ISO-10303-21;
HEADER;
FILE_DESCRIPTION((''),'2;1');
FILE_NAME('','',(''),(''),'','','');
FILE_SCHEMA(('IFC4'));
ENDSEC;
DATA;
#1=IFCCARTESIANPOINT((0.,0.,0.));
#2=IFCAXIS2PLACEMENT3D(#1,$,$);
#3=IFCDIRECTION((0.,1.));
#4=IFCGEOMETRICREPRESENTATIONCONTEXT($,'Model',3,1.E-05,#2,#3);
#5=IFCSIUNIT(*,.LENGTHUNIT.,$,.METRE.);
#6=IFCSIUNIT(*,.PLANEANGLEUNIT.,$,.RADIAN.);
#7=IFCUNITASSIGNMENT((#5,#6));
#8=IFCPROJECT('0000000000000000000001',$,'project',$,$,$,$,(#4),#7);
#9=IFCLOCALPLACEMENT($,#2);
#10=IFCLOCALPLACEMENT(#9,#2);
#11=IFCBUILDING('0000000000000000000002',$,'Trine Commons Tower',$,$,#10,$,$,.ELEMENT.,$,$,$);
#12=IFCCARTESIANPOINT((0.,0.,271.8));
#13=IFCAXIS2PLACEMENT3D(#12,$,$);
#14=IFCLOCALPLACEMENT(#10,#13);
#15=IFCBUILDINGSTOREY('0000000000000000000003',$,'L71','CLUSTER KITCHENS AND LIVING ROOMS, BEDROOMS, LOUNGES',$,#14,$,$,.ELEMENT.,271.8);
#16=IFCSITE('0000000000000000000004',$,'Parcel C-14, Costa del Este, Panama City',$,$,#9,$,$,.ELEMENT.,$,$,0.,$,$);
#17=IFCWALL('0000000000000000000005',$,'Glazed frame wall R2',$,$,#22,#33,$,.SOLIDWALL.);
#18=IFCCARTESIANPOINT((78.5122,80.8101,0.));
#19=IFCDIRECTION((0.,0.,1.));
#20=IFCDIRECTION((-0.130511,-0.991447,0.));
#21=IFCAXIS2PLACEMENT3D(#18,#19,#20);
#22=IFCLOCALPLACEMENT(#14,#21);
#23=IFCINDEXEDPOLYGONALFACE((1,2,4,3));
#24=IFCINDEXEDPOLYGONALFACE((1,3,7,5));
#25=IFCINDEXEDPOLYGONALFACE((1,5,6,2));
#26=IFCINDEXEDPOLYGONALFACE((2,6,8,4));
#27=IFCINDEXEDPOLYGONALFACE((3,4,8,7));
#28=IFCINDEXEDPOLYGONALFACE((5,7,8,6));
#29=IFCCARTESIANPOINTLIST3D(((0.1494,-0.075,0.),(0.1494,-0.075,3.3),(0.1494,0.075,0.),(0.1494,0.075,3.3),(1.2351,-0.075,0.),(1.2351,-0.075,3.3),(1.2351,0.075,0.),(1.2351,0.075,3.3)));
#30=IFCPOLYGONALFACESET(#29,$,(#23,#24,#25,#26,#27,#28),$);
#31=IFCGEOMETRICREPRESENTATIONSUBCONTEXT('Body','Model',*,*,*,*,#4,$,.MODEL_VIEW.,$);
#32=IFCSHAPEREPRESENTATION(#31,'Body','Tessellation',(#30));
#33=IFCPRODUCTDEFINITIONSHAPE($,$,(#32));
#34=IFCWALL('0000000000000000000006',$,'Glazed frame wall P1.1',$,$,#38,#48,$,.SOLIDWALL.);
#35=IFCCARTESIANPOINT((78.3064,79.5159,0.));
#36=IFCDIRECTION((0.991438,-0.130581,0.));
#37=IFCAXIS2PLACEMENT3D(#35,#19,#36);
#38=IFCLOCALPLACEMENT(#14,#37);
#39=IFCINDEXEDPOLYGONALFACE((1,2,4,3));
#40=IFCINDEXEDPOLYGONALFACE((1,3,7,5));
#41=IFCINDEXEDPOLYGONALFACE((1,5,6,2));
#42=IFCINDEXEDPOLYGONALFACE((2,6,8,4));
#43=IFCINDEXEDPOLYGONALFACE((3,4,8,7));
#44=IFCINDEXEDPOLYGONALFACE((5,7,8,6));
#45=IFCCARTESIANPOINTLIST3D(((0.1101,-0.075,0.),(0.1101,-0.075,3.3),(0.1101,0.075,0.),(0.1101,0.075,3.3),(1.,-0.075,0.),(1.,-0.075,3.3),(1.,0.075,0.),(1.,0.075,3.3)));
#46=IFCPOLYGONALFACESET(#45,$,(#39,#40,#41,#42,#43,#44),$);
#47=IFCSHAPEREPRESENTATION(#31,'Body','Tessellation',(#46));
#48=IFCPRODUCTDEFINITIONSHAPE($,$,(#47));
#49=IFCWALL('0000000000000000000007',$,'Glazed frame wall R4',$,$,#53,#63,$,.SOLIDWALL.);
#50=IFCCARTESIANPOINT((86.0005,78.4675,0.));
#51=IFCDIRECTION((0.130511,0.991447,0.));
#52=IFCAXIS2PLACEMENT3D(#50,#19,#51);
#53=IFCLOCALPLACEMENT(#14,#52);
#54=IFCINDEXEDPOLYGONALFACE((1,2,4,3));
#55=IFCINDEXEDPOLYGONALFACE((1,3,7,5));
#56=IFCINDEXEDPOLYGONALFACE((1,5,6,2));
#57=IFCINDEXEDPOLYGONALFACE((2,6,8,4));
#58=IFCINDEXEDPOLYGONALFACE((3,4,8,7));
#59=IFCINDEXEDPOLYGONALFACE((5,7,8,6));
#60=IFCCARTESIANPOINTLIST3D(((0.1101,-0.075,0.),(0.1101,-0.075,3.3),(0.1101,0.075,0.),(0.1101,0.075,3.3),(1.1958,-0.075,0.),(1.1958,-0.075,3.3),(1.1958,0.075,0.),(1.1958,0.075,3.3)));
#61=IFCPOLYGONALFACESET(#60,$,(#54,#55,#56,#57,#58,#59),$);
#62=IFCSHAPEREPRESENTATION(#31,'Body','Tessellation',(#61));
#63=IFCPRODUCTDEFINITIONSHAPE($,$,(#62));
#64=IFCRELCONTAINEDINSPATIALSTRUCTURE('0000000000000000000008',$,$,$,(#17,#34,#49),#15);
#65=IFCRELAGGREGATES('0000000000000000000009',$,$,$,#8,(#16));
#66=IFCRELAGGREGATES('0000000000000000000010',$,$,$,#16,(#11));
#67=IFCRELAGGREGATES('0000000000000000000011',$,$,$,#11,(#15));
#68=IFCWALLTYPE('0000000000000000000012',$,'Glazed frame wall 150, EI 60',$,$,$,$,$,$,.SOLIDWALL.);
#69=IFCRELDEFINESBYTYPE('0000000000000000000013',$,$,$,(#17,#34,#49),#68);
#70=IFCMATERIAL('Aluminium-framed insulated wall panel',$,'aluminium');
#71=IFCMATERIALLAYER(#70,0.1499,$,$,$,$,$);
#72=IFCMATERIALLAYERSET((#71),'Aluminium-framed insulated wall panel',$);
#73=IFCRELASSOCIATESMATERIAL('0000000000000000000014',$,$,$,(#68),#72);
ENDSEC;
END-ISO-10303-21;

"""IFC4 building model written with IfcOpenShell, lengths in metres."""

from ifc_helpers import new_model, si_unit, direction, frame, origin, place, context, subcontext, project, spatial, polyline, outline, extrude, material, layer, layer_set, type_object, element, save


model = new_model("IFC4")

# Units and contexts
model_context = context("Model", 3, precision=1e-05, world=origin(), true_north=direction((0.0, 1.0)))
body_context = subcontext(model_context, "Body", "Model", "MODEL_VIEW")
ifc_project = project(units=[si_unit("LENGTHUNIT", "METRE"), si_unit("PLANEANGLEUNIT", "RADIAN")], contexts=[model_context])

# Site, building, storey
site_placement = place(None, origin())
site = spatial("IfcSite", under=ifc_project, at=site_placement, Name="Parcel C-14, Costa del Este, Panama City", CompositionType="ELEMENT", RefElevation=0.0)
building_placement = place(site_placement, origin())
building = spatial("IfcBuilding", under=site, at=building_placement, Name="Trine Commons Tower", CompositionType="ELEMENT")
storey_placement = place(building_placement, frame((0.0, 0.0, 271.8)))
storey = spatial("IfcBuildingStorey", under=building, at=storey_placement, Name="L71", Description="CLUSTER KITCHENS AND LIVING ROOMS, BEDROOMS, LOUNGES", CompositionType="ELEMENT", Elevation=271.8)

# Walls
ifc_material_1 = material(Name="Aluminium-framed insulated wall panel", Category="aluminium")
ifc_layer_1 = layer(ifc_material_1, 0.1499)
ifc_layer_set_1 = layer_set([ifc_layer_1], Name="Aluminium-framed insulated wall panel")
wall_type_1 = type_object("IfcWallType", Name="Glazed frame wall 150, EI 60", PredefinedType="SOLIDWALL", material=ifc_layer_set_1)
wall_1_placement = place(storey_placement, frame((78.5122, 80.8101, 0.0), z_axis=(0.0, 0.0, 1.0), x_axis=(-0.130511, -0.991447, 0.0)))
element("IfcWall", 1, at=wall_1_placement, inside=storey, type_object=wall_type_1, Name="Glazed frame wall R2", PredefinedType="SOLIDWALL", context=body_context, shape_type="SweptSolid", body=[
    extrude(outline(polyline([(0.1494, 0.075), (0.1494, -0.075), (1.2351, -0.075), (1.2351, 0.075), (0.1494, 0.075)])), origin(), (0.0, 0.0, 1.0), 3.3),
])
wall_2_placement = place(storey_placement, frame((78.3064, 79.5159, 0.0), z_axis=(0.0, 0.0, 1.0), x_axis=(0.991438, -0.130581, 0.0)))
element("IfcWall", 2, at=wall_2_placement, inside=storey, type_object=wall_type_1, Name="Glazed frame wall P1.1", PredefinedType="SOLIDWALL", context=body_context, shape_type="SweptSolid", body=[
    extrude(outline(polyline([(0.1101, -0.075), (1.0, -0.075), (1.0, 0.075), (0.1101, 0.075), (0.1101, -0.075)])), origin(), (0.0, 0.0, 1.0), 3.3),
])

# Wall
wall_3_placement = place(storey_placement, frame((86.0005, 78.4675, 0.0), z_axis=(0.0, 0.0, 1.0), x_axis=(0.130511, 0.991447, 0.0)))
element("IfcWall", 3, at=wall_3_placement, inside=storey, type_object=wall_type_1, Name="Glazed frame wall R4", PredefinedType="SOLIDWALL", context=body_context, shape_type="SweptSolid", body=[
    extrude(outline(polyline([(0.1101, 0.075), (0.1101, -0.075), (1.1958, -0.075), (1.1958, 0.075), (0.1101, 0.075)])), origin(), (0.0, 0.0, 1.0), 3.3),
])

save(model, "model.ifc")
